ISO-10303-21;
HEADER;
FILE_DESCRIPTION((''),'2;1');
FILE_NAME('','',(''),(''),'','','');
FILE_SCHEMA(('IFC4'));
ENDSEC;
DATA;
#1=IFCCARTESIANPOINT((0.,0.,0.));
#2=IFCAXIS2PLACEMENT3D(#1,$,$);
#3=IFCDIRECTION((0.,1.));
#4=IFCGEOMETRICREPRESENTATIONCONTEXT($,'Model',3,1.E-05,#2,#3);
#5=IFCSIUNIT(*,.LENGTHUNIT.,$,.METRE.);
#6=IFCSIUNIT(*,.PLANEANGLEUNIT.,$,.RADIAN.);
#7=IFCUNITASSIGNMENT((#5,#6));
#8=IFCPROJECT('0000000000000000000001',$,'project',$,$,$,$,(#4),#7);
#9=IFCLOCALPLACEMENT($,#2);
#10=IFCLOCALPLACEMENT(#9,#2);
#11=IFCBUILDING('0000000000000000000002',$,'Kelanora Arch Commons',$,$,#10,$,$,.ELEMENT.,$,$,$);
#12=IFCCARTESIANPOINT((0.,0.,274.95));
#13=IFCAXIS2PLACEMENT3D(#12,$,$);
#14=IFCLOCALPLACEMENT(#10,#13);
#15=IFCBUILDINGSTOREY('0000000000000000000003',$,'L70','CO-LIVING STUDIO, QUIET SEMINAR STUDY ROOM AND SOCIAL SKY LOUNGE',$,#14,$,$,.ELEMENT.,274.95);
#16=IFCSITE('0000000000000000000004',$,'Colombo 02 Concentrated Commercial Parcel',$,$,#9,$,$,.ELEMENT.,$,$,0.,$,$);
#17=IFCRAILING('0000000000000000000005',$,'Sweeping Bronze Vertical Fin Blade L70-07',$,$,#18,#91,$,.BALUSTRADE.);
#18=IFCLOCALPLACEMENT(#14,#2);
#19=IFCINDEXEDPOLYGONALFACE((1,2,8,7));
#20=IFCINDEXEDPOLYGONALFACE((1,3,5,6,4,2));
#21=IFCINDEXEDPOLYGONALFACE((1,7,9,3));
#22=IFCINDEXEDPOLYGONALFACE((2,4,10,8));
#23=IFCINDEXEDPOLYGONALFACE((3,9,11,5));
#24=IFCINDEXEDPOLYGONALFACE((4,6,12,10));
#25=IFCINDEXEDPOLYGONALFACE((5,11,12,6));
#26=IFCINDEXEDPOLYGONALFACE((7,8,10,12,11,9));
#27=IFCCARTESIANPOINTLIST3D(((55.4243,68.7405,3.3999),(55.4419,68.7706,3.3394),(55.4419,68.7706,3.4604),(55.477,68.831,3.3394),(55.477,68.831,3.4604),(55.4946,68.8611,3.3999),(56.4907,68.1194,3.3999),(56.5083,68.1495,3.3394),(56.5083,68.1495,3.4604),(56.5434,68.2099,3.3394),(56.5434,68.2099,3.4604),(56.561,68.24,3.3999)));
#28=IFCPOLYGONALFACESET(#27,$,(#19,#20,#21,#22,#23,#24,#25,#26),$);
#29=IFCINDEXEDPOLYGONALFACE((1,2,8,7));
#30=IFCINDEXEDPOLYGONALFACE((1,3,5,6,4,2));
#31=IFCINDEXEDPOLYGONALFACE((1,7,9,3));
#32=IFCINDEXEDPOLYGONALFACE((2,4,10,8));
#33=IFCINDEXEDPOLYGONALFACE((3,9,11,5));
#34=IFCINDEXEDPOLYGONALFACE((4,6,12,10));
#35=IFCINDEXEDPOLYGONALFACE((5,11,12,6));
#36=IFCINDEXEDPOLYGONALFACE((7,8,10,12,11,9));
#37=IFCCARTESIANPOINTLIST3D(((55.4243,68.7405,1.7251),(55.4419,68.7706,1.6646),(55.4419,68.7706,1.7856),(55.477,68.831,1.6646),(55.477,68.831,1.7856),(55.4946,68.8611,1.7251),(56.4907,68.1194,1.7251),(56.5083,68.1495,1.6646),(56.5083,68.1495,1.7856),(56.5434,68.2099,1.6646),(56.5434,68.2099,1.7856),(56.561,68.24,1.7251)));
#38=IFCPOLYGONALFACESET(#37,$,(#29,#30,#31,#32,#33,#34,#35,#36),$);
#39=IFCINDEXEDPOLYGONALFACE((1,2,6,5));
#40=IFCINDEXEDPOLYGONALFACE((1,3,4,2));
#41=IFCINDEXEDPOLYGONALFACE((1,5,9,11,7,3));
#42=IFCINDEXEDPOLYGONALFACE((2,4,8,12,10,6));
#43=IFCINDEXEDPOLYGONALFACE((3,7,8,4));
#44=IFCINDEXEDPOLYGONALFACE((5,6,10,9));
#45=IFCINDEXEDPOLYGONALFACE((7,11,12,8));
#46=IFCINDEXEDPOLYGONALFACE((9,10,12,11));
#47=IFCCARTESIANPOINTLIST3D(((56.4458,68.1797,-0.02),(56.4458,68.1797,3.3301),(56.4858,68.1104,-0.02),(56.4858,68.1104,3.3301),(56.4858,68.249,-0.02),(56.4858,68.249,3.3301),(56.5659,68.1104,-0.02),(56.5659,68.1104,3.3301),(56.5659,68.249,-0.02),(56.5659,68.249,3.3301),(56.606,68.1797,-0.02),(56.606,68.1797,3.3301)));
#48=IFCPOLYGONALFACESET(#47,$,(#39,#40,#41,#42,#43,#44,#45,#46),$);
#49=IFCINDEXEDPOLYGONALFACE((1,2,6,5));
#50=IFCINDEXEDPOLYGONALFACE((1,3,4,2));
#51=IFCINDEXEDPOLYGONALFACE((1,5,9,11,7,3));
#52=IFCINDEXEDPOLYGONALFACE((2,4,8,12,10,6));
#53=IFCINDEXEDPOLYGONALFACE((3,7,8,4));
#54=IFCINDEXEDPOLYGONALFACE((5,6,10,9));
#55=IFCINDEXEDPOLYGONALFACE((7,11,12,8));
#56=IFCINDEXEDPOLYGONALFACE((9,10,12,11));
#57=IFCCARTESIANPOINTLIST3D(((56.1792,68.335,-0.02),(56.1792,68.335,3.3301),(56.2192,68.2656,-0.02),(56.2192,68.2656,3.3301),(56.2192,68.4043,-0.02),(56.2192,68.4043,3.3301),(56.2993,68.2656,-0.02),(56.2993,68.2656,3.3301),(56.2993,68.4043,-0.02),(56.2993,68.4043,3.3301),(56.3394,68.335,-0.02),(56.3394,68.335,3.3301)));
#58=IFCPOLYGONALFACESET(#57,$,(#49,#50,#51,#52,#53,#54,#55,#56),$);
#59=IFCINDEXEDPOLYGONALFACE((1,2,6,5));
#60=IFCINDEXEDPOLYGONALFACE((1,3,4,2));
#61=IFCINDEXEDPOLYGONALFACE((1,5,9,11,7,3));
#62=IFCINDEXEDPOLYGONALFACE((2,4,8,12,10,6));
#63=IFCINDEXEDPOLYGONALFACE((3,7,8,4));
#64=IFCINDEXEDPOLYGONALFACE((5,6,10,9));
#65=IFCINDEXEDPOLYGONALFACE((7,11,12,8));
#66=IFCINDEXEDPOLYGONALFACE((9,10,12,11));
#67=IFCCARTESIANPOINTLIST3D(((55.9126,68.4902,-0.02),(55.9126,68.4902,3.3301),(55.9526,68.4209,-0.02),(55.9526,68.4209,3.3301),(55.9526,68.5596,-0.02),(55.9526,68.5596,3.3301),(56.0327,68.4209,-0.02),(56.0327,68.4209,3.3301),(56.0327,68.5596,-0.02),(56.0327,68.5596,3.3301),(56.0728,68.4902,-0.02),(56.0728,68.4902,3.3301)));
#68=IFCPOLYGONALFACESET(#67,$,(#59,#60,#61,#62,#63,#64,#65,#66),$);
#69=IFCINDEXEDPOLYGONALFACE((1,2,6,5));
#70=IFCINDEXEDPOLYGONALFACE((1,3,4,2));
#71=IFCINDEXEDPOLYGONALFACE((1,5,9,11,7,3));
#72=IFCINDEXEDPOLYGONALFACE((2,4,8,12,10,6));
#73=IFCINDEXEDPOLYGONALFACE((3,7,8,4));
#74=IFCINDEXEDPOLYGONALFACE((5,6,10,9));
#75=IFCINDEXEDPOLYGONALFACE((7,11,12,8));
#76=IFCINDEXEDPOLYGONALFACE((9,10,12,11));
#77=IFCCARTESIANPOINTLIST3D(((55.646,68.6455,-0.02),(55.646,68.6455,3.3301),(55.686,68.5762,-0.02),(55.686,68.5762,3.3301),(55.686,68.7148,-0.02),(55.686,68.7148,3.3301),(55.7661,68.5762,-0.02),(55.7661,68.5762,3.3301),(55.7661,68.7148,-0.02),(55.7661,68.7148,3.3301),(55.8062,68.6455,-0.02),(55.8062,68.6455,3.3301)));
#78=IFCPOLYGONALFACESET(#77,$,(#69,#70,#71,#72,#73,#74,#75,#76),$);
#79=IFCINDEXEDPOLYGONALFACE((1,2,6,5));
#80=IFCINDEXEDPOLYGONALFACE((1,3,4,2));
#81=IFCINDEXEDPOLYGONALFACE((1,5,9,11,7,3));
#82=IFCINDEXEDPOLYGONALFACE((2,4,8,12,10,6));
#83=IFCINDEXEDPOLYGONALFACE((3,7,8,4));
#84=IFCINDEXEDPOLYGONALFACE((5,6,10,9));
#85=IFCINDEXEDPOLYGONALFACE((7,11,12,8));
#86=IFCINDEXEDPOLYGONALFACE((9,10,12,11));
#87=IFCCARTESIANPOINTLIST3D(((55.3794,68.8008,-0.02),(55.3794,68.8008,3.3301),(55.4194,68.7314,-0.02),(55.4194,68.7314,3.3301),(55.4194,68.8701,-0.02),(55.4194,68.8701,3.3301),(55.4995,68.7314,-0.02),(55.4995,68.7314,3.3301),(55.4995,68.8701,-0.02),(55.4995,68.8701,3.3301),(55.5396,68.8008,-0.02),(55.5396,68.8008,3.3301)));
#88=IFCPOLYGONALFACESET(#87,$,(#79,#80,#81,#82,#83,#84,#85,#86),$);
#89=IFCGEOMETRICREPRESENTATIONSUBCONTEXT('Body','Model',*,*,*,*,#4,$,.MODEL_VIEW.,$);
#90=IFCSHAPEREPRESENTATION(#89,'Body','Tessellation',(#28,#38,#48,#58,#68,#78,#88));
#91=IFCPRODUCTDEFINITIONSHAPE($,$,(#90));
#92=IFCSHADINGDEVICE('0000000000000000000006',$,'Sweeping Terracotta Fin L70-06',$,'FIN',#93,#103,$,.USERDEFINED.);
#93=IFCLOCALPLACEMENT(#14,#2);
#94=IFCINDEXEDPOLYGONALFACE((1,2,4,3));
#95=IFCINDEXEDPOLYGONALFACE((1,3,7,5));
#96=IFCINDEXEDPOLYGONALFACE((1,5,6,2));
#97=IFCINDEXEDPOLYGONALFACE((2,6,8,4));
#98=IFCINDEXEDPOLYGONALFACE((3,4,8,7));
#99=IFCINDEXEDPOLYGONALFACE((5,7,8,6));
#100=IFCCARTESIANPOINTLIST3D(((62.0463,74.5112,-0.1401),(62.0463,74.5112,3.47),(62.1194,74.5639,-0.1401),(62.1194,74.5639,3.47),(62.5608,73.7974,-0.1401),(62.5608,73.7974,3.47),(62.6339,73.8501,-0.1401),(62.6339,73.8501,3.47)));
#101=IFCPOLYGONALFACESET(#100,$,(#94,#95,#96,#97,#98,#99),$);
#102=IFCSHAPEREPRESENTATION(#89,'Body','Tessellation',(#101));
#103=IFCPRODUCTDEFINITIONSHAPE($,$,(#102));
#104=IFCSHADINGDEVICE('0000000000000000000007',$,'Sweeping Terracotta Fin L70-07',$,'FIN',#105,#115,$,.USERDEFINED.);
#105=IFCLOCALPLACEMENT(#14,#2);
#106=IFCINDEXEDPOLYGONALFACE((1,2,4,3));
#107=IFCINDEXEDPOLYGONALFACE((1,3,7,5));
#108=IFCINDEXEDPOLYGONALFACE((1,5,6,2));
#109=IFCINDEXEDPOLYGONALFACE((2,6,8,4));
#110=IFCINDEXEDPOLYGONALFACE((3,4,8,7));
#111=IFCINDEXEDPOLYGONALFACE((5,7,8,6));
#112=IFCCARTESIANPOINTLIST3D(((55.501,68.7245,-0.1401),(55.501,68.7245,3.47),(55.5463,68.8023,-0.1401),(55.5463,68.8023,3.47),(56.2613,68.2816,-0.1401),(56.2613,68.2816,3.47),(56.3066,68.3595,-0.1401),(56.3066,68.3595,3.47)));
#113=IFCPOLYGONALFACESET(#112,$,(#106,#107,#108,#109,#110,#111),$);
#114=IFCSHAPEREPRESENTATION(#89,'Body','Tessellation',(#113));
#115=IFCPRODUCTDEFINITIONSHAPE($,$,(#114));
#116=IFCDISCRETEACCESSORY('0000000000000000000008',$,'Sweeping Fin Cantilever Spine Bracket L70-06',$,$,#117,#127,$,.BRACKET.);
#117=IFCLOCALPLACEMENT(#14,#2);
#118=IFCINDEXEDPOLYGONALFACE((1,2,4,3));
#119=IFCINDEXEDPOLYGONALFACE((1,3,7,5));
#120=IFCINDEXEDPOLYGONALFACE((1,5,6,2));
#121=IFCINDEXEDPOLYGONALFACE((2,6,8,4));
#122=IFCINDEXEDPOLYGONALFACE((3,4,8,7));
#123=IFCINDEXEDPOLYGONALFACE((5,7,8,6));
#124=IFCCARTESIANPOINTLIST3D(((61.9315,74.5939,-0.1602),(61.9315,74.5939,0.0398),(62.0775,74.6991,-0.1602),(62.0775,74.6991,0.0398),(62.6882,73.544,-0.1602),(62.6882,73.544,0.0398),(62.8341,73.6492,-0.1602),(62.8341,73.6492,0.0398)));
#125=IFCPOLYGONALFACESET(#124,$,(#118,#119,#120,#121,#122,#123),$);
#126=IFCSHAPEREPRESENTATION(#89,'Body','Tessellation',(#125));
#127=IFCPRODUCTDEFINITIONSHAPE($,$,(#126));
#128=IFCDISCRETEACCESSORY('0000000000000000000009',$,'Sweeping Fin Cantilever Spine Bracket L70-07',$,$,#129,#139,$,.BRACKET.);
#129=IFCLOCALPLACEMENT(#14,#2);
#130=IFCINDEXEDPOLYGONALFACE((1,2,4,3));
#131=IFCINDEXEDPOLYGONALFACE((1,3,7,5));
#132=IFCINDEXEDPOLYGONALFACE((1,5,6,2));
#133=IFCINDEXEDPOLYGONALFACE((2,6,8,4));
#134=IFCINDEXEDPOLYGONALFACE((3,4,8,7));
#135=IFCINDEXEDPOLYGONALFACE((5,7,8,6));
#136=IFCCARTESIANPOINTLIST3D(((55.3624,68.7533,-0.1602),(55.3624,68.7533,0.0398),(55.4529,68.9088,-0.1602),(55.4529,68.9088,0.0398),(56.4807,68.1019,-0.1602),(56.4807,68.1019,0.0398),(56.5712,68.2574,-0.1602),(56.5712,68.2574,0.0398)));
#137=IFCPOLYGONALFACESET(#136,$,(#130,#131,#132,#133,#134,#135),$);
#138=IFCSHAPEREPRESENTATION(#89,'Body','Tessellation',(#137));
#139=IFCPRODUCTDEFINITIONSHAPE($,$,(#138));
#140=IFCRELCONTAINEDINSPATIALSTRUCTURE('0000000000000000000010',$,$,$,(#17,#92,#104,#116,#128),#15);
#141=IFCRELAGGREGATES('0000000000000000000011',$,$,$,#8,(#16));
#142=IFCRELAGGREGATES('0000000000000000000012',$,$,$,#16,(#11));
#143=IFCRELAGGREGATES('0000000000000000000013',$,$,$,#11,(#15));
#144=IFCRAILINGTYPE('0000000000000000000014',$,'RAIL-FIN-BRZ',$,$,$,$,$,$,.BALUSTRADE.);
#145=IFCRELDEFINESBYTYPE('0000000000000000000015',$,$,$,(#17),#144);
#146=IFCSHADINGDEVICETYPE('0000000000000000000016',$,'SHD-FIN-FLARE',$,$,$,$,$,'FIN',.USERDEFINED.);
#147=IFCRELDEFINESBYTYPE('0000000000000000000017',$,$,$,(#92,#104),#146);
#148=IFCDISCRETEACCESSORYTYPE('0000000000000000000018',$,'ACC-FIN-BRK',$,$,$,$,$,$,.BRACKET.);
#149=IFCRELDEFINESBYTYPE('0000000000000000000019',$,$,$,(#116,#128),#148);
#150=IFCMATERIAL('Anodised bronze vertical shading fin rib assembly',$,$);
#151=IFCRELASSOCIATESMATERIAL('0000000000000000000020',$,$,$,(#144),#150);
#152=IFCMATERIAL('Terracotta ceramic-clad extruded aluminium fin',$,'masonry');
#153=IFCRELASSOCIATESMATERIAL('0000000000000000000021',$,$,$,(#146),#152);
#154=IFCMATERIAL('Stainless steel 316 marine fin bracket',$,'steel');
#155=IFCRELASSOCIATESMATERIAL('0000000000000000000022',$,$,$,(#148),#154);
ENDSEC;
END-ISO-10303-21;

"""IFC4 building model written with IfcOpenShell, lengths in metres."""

from ifc_helpers import new_model, si_unit, direction, frame, origin, origin_2d, place, context, subcontext, project, spatial, polyline, rectangle, outline, extrude, source, transform, mapped, material, type_object, element, save


model = new_model("IFC4")

# Units and contexts
model_context = context("Model", 3, precision=1e-05, world=origin(), true_north=direction((0.0, 1.0)))
body_context = subcontext(model_context, "Body", "Model", "MODEL_VIEW")
ifc_project = project(units=[si_unit("LENGTHUNIT", "METRE"), si_unit("PLANEANGLEUNIT", "RADIAN")], contexts=[model_context])

# Site, building, storey
site_placement = place(None, origin())
site = spatial("IfcSite", under=ifc_project, at=site_placement, Name="Colombo 02 Concentrated Commercial Parcel", CompositionType="ELEMENT", RefElevation=0.0)
building_placement = place(site_placement, origin())
building = spatial("IfcBuilding", under=site, at=building_placement, Name="Kelanora Arch Commons", CompositionType="ELEMENT")
storey_placement = place(building_placement, frame((0.0, 0.0, 274.95)))
storey = spatial("IfcBuildingStorey", under=building, at=storey_placement, Name="L70", Description="CO-LIVING STUDIO, QUIET SEMINAR STUDY ROOM AND SOCIAL SKY LOUNGE", CompositionType="ELEMENT", Elevation=274.95)

# Railing
ifc_material_1 = material(Name="Anodised bronze vertical shading fin rib assembly")
railing_type = type_object("IfcRailingType", Name="RAIL-FIN-BRZ", PredefinedType="BALUSTRADE", material=ifc_material_1)
railing_1_placement = place(storey_placement, frame((56.5259, 68.1797, -0.02)))
element("IfcRailing", 1, at=railing_1_placement, inside=storey, type_object=railing_type, Name="Sweeping Bronze Vertical Fin Blade L70-07", PredefinedType="BALUSTRADE", context=body_context, shape_type="SweptSolid", body=[
    extrude(outline(polyline([(0.0698, 0.0), (0.0349, 0.0605), (-0.0349, 0.0605), (-0.0698, 0.0), (-0.0349, -0.0605), (0.0349, -0.0605), (0.0698, 0.0)])), frame((0.0, 0.0, 3.4199), z_axis=(-0.864123, 0.50328, 0.0), x_axis=(-0.50328, -0.864123, 0.0)), (0.0, 0.0, 1.0), 1.2341),
    extrude(outline(polyline([(0.0698, 0.0), (0.0349, 0.0605), (-0.0349, 0.0605), (-0.0698, 0.0), (-0.0349, -0.0605), (0.0349, -0.0605), (0.0698, 0.0)])), frame((0.0, 0.0, 1.7451), z_axis=(-0.864123, 0.50328, 0.0), x_axis=(-0.50328, -0.864123, 0.0)), (0.0, 0.0, 1.0), 1.2341),
    extrude(outline(polyline([(0.0801, 0.0), (0.04, 0.0693), (-0.04, 0.0693), (-0.0801, 0.0), (-0.04, -0.0693), (0.04, -0.0693), (0.0801, 0.0)])), origin(), (0.0, 0.0, 1.0), 3.3501),
    extrude(outline(polyline([(0.0801, 0.0), (0.04, 0.0693), (-0.04, 0.0693), (-0.0801, 0.0), (-0.04, -0.0693), (0.04, -0.0693), (0.0801, 0.0)])), frame((-0.2666, 0.1553, 0.0)), (0.0, 0.0, 1.0), 3.3501),
    extrude(outline(polyline([(0.0801, 0.0), (0.04, 0.0693), (-0.04, 0.0693), (-0.0801, 0.0), (-0.04, -0.0693), (0.04, -0.0693), (0.0801, 0.0)])), frame((-0.5332, 0.3105, 0.0)), (0.0, 0.0, 1.0), 3.3501),
    extrude(outline(polyline([(0.0801, 0.0), (0.04, 0.0693), (-0.04, 0.0693), (-0.0801, 0.0), (-0.04, -0.0693), (0.04, -0.0693), (0.0801, 0.0)])), frame((-0.7998, 0.4658, 0.0)), (0.0, 0.0, 1.0), 3.3501),
    extrude(outline(polyline([(0.0801, 0.0), (0.04, 0.0693), (-0.04, 0.0693), (-0.0801, 0.0), (-0.04, -0.0693), (0.04, -0.0693), (0.0801, 0.0)])), frame((-1.0664, 0.6211, 0.0)), (0.0, 0.0, 1.0), 3.3501),
])

# Shading devices
ifc_material_2 = material(Name="Terracotta ceramic-clad extruded aluminium fin", Category="masonry")
shading_device_type = type_object("IfcShadingDeviceType", Name="SHD-FIN-FLARE", ElementType="FIN", PredefinedType="USERDEFINED", material=ifc_material_2)
shared_shape_1 = source(origin(), body_context, "Body", "SweptSolid", [
    extrude(rectangle(XDim=0.8799, YDim=0.0901, at=origin_2d()), origin(), (0.0, 0.0, 1.0), 3.6101),
])
for number, where, z_axis, x_axis, name in (
    (2, (62.3401, 74.1807, -0.1401), (0.0, 0.0, 1.0), (-0.584675, 0.811268, 0.0), "Sweeping Terracotta Fin L70-06"),
    (3, (55.9038, 68.542, -0.1401), (0.0, 0.0, 1.0), (-0.864099, 0.503322, 0.0), "Sweeping Terracotta Fin L70-07"),
):
    element("IfcShadingDevice", number, at=place(storey_placement, frame(where, z_axis=z_axis, x_axis=x_axis)), inside=storey, type_object=shading_device_type, Name=name, ObjectType="FIN", PredefinedType="USERDEFINED", context=body_context, shape_type="MappedRepresentation", body=[
        mapped(shared_shape_1, transform((0.0, 0.0, 0.0), scale=1.0)),
    ])

# Discrete accessories
ifc_material_3 = material(Name="Stainless steel 316 marine fin bracket", Category="steel")
discrete_accessory_type = type_object("IfcDiscreteAccessoryType", Name="ACC-FIN-BRK", PredefinedType="BRACKET", material=ifc_material_3)
shared_shape_2 = source(origin(), body_context, "Body", "SweptSolid", [
    extrude(rectangle(XDim=1.2942, YDim=0.1799, at=origin_2d()), origin(), (0.0, 0.0, 1.0), 0.2),
])
for number, where, z_axis, x_axis, name in (
    (4, (62.3828, 74.1216, -0.1602), (0.0, 0.0, 1.0), (-0.584675, 0.811268, 0.0), "Sweeping Fin Cantilever Spine Bracket L70-06"),
    (5, (55.9668, 68.5054, -0.1602), (0.0, 0.0, 1.0), (-0.864099, 0.503322, 0.0), "Sweeping Fin Cantilever Spine Bracket L70-07"),
):
    element("IfcDiscreteAccessory", number, at=place(storey_placement, frame(where, z_axis=z_axis, x_axis=x_axis)), inside=storey, type_object=discrete_accessory_type, Name=name, PredefinedType="BRACKET", context=body_context, shape_type="MappedRepresentation", body=[
        mapped(shared_shape_2, transform((0.0, 0.0, 0.0), scale=1.0)),
    ])

save(model, "model.ifc")
